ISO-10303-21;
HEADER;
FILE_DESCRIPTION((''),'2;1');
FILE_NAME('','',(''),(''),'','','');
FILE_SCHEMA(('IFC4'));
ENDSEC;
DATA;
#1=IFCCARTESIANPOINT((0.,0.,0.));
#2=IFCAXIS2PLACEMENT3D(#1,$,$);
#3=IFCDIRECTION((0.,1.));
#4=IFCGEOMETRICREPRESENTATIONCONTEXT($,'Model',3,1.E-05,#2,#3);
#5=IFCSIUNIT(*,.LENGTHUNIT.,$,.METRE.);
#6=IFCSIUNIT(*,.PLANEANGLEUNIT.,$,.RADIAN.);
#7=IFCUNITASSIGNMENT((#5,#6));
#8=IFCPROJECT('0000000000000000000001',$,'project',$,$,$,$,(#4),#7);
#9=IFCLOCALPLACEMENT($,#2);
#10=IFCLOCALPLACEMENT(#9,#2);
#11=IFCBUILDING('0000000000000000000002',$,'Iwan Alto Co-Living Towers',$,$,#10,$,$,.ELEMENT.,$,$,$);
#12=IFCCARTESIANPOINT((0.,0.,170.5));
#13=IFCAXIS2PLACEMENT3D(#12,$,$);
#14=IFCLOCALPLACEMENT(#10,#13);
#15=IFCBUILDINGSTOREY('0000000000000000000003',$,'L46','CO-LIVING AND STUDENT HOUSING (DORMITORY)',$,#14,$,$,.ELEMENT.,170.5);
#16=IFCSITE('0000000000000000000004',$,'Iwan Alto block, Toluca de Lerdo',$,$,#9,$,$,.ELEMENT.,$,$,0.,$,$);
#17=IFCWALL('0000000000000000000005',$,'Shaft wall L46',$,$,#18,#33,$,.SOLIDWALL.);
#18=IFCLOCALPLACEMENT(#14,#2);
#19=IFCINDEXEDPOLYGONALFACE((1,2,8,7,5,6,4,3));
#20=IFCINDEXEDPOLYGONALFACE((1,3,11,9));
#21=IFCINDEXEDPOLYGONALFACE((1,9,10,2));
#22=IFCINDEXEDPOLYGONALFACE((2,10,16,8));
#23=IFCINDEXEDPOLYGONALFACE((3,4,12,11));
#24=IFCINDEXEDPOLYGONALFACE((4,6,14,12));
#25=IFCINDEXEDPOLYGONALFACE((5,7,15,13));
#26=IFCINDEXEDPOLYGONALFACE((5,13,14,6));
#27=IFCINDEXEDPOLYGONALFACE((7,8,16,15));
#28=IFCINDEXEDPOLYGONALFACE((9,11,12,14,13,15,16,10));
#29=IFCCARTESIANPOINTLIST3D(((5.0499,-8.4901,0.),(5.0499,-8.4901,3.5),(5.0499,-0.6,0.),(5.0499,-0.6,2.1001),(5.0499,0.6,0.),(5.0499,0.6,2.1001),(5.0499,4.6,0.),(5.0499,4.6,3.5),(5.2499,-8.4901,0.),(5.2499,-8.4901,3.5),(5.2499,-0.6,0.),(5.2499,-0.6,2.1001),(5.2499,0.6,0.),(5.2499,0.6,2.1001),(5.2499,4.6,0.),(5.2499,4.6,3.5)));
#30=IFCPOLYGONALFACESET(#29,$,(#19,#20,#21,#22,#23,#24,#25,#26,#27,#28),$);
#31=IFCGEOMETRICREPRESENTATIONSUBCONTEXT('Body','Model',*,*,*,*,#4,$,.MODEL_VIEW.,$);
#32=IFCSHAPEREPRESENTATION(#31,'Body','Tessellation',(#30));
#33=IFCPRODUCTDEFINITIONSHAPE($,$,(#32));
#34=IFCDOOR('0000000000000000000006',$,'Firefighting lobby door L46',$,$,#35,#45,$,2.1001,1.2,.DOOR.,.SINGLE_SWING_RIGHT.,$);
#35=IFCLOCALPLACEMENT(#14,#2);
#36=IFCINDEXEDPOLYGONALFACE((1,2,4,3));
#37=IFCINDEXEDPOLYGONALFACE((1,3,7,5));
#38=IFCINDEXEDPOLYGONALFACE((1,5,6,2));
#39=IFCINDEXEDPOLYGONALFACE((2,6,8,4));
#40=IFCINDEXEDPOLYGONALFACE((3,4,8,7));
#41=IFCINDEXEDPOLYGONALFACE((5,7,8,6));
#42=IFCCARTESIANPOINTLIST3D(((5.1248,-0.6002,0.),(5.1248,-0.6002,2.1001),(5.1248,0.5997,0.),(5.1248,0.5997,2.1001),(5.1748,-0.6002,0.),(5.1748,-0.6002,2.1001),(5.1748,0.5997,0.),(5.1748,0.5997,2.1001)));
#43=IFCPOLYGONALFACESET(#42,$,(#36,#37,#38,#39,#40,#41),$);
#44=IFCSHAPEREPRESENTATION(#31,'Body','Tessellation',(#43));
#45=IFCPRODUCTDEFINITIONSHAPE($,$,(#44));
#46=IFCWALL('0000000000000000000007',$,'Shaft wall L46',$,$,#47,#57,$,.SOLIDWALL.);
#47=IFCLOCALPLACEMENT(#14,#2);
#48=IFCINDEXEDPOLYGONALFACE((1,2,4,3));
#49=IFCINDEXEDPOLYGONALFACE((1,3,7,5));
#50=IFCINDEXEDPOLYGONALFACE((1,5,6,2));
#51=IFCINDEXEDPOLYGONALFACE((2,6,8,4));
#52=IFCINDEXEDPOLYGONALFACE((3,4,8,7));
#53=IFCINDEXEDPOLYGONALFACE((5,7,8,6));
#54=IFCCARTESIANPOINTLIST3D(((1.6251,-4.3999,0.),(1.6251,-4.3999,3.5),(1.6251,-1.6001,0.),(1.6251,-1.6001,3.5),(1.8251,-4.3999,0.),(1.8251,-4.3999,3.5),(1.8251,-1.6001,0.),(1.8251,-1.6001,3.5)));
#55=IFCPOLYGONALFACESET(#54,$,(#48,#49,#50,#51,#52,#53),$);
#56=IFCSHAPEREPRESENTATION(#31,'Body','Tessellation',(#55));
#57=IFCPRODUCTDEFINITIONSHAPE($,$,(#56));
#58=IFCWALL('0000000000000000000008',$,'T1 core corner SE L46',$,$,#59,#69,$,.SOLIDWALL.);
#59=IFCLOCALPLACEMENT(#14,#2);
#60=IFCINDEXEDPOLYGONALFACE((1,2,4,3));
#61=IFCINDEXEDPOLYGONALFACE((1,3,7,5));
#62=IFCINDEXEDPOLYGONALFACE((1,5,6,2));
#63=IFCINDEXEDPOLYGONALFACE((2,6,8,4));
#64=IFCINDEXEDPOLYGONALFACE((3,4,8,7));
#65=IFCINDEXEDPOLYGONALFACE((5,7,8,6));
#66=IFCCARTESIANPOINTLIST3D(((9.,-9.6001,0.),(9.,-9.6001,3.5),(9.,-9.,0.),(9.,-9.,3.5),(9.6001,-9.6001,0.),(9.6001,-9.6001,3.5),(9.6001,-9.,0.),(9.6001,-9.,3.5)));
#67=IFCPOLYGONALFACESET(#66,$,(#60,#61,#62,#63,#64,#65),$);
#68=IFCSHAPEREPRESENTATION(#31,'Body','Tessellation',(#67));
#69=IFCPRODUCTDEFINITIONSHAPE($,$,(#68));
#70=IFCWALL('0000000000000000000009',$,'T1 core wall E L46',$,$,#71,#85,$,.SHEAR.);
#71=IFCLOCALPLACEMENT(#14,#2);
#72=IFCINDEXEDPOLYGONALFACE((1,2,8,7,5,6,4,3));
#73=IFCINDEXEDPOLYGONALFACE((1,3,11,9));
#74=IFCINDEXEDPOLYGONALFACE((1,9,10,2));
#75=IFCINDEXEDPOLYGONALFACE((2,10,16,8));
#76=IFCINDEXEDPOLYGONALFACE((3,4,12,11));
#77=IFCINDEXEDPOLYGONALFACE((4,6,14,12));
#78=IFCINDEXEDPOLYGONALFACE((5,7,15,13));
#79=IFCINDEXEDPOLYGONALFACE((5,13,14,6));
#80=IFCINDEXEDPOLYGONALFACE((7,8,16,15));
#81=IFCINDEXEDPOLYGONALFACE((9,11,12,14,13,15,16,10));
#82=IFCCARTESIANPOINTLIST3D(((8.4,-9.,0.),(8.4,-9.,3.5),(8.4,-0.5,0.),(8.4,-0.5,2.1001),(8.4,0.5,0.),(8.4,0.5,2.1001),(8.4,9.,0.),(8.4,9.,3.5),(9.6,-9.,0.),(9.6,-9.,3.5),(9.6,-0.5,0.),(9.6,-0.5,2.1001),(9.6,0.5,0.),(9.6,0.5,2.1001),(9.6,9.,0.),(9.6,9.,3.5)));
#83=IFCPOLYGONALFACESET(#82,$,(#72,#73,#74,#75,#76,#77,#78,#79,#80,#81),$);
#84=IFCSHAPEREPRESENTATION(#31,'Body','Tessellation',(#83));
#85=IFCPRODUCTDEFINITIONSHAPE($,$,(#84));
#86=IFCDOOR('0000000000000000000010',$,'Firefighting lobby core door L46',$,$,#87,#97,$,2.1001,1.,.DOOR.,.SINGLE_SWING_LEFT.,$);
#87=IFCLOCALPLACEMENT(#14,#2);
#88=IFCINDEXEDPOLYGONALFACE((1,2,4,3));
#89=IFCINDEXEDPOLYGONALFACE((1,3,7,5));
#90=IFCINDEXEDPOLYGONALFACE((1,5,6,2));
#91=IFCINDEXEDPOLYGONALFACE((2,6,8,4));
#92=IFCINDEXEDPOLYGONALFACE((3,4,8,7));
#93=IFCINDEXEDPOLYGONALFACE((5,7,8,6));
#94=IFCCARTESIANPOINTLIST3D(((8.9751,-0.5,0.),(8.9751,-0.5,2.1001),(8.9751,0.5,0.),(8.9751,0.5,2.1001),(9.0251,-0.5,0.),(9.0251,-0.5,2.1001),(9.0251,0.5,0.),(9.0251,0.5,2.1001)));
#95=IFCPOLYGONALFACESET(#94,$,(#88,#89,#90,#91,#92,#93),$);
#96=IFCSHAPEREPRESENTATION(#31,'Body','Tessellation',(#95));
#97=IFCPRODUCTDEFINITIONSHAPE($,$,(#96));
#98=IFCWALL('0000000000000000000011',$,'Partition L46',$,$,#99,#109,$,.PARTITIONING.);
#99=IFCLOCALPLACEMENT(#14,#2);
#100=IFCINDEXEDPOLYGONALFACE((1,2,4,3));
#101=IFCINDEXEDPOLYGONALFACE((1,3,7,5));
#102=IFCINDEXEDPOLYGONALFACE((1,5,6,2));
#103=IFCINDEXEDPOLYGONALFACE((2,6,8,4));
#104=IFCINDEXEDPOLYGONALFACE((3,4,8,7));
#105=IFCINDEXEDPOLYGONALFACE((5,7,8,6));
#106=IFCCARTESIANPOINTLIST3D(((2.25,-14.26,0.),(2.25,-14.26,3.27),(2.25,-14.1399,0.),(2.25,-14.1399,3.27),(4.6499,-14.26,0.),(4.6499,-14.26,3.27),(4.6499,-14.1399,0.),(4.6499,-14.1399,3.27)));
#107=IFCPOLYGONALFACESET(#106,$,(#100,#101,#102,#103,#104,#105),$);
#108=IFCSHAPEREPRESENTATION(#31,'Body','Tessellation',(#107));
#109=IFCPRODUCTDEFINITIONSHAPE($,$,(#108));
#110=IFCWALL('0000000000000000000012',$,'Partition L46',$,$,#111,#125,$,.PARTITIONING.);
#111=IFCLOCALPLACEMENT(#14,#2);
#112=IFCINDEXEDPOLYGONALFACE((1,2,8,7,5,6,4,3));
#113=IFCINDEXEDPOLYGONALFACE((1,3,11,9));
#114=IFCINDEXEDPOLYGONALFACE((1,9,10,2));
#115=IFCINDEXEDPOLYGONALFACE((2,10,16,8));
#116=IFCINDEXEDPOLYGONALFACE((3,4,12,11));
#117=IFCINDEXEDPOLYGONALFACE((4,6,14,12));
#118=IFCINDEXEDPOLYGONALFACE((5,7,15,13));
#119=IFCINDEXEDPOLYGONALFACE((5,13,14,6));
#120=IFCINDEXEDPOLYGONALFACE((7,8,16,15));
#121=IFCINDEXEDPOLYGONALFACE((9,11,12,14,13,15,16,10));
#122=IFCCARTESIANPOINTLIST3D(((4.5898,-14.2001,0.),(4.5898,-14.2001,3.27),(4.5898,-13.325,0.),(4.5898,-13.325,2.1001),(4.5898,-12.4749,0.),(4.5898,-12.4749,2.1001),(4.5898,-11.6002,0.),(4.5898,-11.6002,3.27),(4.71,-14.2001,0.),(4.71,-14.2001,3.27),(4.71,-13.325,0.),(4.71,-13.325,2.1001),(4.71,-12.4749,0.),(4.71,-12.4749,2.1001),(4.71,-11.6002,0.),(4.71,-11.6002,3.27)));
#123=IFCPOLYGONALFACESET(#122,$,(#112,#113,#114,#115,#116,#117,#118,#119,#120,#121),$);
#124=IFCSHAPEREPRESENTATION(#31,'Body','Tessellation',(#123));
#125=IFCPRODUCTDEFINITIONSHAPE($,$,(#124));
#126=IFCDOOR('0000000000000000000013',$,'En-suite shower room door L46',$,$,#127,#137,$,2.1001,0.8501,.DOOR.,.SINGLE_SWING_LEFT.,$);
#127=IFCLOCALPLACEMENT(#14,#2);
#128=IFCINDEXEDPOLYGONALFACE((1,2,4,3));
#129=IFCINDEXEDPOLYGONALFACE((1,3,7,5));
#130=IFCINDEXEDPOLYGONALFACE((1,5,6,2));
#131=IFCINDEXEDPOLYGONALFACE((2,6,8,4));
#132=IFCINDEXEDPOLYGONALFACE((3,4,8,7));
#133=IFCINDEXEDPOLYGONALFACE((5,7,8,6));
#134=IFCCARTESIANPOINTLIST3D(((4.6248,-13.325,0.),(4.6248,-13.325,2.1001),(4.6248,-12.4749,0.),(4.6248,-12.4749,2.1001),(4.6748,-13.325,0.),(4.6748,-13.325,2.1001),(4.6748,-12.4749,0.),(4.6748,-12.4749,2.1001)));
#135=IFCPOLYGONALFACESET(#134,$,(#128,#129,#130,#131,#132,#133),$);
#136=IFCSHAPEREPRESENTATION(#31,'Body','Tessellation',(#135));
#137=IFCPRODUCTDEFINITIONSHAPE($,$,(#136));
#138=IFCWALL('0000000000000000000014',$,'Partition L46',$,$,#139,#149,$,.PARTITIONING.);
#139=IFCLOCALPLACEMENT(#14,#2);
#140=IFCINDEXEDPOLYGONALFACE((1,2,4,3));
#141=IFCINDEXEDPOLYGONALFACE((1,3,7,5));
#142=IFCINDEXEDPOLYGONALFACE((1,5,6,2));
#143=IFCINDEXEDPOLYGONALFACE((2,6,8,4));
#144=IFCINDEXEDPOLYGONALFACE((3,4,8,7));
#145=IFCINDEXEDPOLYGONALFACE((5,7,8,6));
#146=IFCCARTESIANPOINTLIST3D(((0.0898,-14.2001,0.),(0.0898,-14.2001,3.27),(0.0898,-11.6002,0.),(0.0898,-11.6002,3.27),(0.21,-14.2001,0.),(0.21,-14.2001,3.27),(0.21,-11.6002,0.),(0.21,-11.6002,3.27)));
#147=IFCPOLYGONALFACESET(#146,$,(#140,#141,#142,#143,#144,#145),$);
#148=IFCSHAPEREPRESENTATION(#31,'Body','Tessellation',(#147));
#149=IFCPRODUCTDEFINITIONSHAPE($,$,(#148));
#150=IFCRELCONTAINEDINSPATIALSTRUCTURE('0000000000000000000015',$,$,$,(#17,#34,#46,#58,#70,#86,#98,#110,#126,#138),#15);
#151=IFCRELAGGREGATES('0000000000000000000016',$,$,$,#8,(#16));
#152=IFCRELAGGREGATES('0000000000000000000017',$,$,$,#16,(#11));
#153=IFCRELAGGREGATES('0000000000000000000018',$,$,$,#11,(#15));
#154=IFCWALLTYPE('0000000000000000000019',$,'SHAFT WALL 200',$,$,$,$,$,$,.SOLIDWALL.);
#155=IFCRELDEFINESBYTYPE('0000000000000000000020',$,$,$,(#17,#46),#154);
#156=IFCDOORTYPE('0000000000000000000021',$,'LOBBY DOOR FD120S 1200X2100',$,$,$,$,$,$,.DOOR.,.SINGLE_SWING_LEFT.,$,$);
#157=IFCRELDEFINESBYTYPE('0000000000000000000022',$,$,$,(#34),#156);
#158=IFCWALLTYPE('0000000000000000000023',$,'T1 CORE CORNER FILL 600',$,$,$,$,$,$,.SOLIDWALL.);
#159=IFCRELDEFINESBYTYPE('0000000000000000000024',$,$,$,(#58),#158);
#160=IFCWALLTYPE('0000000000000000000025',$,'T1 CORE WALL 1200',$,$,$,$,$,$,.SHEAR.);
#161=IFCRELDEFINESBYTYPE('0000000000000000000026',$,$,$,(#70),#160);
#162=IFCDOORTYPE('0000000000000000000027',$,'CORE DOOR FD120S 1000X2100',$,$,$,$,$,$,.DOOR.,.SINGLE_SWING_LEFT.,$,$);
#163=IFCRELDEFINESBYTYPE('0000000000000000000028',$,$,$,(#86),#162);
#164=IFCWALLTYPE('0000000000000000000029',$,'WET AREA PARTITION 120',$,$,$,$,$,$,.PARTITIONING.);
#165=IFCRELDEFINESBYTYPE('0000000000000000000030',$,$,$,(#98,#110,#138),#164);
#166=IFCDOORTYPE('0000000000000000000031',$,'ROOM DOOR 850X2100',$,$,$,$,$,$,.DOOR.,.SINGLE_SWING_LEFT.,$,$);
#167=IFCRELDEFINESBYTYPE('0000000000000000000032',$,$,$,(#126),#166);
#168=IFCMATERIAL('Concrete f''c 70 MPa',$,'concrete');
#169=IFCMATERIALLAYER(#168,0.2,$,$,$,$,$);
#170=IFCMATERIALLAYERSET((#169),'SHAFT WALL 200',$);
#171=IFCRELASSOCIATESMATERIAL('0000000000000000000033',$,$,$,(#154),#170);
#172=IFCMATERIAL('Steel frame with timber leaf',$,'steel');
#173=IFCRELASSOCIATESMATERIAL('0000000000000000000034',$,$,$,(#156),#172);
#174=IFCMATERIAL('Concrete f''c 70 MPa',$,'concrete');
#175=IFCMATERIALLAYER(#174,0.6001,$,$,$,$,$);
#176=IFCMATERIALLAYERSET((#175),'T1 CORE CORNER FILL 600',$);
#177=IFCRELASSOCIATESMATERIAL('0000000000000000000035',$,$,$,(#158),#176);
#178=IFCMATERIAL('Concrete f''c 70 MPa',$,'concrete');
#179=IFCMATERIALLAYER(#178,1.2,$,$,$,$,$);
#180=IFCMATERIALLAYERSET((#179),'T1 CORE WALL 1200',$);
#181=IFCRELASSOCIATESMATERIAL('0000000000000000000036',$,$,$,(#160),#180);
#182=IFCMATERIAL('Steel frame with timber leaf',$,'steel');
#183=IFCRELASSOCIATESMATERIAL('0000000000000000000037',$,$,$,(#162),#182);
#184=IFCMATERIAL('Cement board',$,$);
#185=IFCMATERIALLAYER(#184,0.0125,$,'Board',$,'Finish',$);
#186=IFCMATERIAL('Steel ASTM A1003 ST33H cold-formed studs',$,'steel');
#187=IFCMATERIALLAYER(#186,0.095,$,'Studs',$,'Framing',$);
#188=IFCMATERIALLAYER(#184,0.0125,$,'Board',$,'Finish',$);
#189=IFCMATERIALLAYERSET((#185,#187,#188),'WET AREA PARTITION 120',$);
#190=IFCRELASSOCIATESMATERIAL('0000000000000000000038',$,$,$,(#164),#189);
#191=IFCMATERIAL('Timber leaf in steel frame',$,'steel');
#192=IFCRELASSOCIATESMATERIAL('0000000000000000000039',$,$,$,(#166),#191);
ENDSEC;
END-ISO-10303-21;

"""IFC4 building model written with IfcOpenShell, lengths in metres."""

from ifc_helpers import new_model, si_unit, direction, frame, frame_2d, origin, place, context, subcontext, project, spatial, rectangle, extrude, material, layer, layer_set, type_object, element, fill, save


model = new_model("IFC4")

# Units and contexts
model_context = context("Model", 3, precision=1e-05, world=origin(), true_north=direction((0.0, 1.0)))
body_context = subcontext(model_context, "Body", "Model", "MODEL_VIEW")
ifc_project = project(units=[si_unit("LENGTHUNIT", "METRE"), si_unit("PLANEANGLEUNIT", "RADIAN")], contexts=[model_context])

# Site, building, storey
site_placement = place(None, origin())
site = spatial("IfcSite", under=ifc_project, at=site_placement, Name="Iwan Alto block, Toluca de Lerdo", CompositionType="ELEMENT", RefElevation=0.0)
building_placement = place(site_placement, origin())
building = spatial("IfcBuilding", under=site, at=building_placement, Name="Iwan Alto Co-Living Towers", CompositionType="ELEMENT")
storey_placement = place(building_placement, frame((0.0, 0.0, 170.5)))
storey = spatial("IfcBuildingStorey", under=building, at=storey_placement, Name="L46", Description="CO-LIVING AND STUDENT HOUSING (DORMITORY)", CompositionType="ELEMENT", Elevation=170.5)

# Shared definitions
ifc_material_1 = material(Name="Steel ASTM A1003 ST33H cold-formed studs", Category="steel")

# Wall, opening, door
ifc_material_2 = material(Name="Concrete f'c 70 MPa", Category="concrete")
ifc_layer_1 = layer(ifc_material_2, 0.2)
ifc_layer_set_1 = layer_set([ifc_layer_1], Name="SHAFT WALL 200")
wall_type_1 = type_object("IfcWallType", Name="SHAFT WALL 200", PredefinedType="SOLIDWALL", material=ifc_layer_set_1)
wall_1_placement = place(storey_placement, frame((5.1499, -8.49, 0.0), z_axis=(0.0, 0.0, 1.0), x_axis=(0.0, 1.0, 0.0)))
wall_1 = element("IfcWall", 1, at=wall_1_placement, inside=storey, type_object=wall_type_1, Name="Shaft wall L46", PredefinedType="SOLIDWALL", context=body_context, shape_type="SweptSolid", body=[
    extrude(rectangle(XDim=13.0901, YDim=0.2, at=frame_2d((6.5449, 0.0))), origin(), (0.0, 0.0, 1.0), 3.5),
])
opening_1_placement = place(wall_1_placement, frame((7.8899, 0.0, 0.0)))
opening_1 = element("IfcOpeningElement", 2, at=opening_1_placement, cuts=wall_1, PredefinedType="OPENING", context=body_context, shape_type="SweptSolid", body=[
    extrude(rectangle(XDim=1.2, YDim=2.1001, at=frame_2d((0.6001, 1.05))), frame((0.0, 0.1099, 0.0), z_axis=(0.0, -1.0, 0.0), x_axis=(1.0, 0.0, 0.0)), (0.0, 0.0, 1.0), 0.22),
])
ifc_material_3 = material(Name="Steel frame with timber leaf", Category="steel")
door_type_1 = type_object("IfcDoorType", Name="LOBBY DOOR FD120S 1200X2100", OperationType="SINGLE_SWING_LEFT", PredefinedType="DOOR", material=ifc_material_3)
door_1_placement = place(opening_1_placement, frame((1.2, 0.0, 0.0), z_axis=(0.0, 0.0, 1.0), x_axis=(-1.0, 0.0, 0.0)))
door_1 = element("IfcDoor", 3, at=door_1_placement, inside=storey, type_object=door_type_1, Name="Firefighting lobby door L46", OperationType="SINGLE_SWING_RIGHT", OverallHeight=2.1001, OverallWidth=1.2, PredefinedType="DOOR", context=body_context, shape_type="SweptSolid", body=[
    extrude(rectangle(XDim=1.2, YDim=2.1001, at=frame_2d((0.6001, 1.05))), frame((0.0, 0.0249, 0.0), z_axis=(0.0, -1.0, 0.0), x_axis=(1.0, 0.0, 0.0)), (0.0, 0.0, 1.0), 0.05),
])
fill(opening_1, door_1)

# Walls
wall_2_placement = place(storey_placement, frame((1.7251, -4.3999, 0.0), z_axis=(0.0, 0.0, 1.0), x_axis=(0.0, 1.0, 0.0)))
element("IfcWall", 4, at=wall_2_placement, inside=storey, type_object=wall_type_1, Name="Shaft wall L46", PredefinedType="SOLIDWALL", context=body_context, shape_type="SweptSolid", body=[
    extrude(rectangle(XDim=2.7998, YDim=0.2, at=frame_2d((1.3999, 0.0))), origin(), (0.0, 0.0, 1.0), 3.5),
])
ifc_material_4 = material(Name="Concrete f'c 70 MPa", Category="concrete")
ifc_layer_2 = layer(ifc_material_4, 0.6001)
ifc_layer_set_2 = layer_set([ifc_layer_2], Name="T1 CORE CORNER FILL 600")
wall_type_2 = type_object("IfcWallType", Name="T1 CORE CORNER FILL 600", PredefinedType="SOLIDWALL", material=ifc_layer_set_2)
wall_3_placement = place(storey_placement, frame((9.0, -9.3, 0.0), z_axis=(0.0, 0.0, 1.0), x_axis=(1.0, 0.0, 0.0)))
element("IfcWall", 5, at=wall_3_placement, inside=storey, type_object=wall_type_2, Name="T1 core corner SE L46", PredefinedType="SOLIDWALL", context=body_context, shape_type="SweptSolid", body=[
    extrude(rectangle(XDim=0.6001, YDim=0.6001, at=frame_2d((0.3, 0.0))), origin(), (0.0, 0.0, 1.0), 3.5),
])

# Wall, opening, door
ifc_material_5 = material(Name="Concrete f'c 70 MPa", Category="concrete")
ifc_layer_3 = layer(ifc_material_5, 1.2)
ifc_layer_set_3 = layer_set([ifc_layer_3], Name="T1 CORE WALL 1200")
wall_type_3 = type_object("IfcWallType", Name="T1 CORE WALL 1200", PredefinedType="SHEAR", material=ifc_layer_set_3)
wall_4_placement = place(storey_placement, frame((9.0, -9.0, 0.0), z_axis=(0.0, 0.0, 1.0), x_axis=(0.0, 1.0, 0.0)))
wall_4 = element("IfcWall", 6, at=wall_4_placement, inside=storey, type_object=wall_type_3, Name="T1 core wall E L46", PredefinedType="SHEAR", context=body_context, shape_type="SweptSolid", body=[
    extrude(rectangle(XDim=18.0, YDim=1.2, at=frame_2d((9.0, 0.0))), origin(), (0.0, 0.0, 1.0), 3.5),
])
opening_2_placement = place(wall_4_placement, frame((8.5, 0.0, 0.0)))
opening_2 = element("IfcOpeningElement", 7, at=opening_2_placement, cuts=wall_4, PredefinedType="OPENING", context=body_context, shape_type="SweptSolid", body=[
    extrude(rectangle(XDim=1.0, YDim=2.1001, at=frame_2d((0.5, 1.05))), frame((0.0, 0.6099, 0.0), z_axis=(0.0, -1.0, 0.0), x_axis=(1.0, 0.0, 0.0)), (0.0, 0.0, 1.0), 1.22),
])
ifc_material_6 = material(Name="Steel frame with timber leaf", Category="steel")
door_type_2 = type_object("IfcDoorType", Name="CORE DOOR FD120S 1000X2100", OperationType="SINGLE_SWING_LEFT", PredefinedType="DOOR", material=ifc_material_6)
door_2_placement = place(opening_2_placement, origin())
door_2 = element("IfcDoor", 8, at=door_2_placement, inside=storey, type_object=door_type_2, Name="Firefighting lobby core door L46", OperationType="SINGLE_SWING_LEFT", OverallHeight=2.1001, OverallWidth=1.0, PredefinedType="DOOR", context=body_context, shape_type="SweptSolid", body=[
    extrude(rectangle(XDim=1.0, YDim=2.1001, at=frame_2d((0.5, 1.05))), frame((0.0, 0.0249, 0.0), z_axis=(0.0, -1.0, 0.0), x_axis=(1.0, 0.0, 0.0)), (0.0, 0.0, 1.0), 0.05),
])
fill(opening_2, door_2)

# Wall
ifc_material_7 = material(Name="Cement board")
ifc_layer_4 = layer(ifc_material_7, 0.0125, Name="Board", Category="Finish")
ifc_layer_5 = layer(ifc_material_1, 0.095, Name="Studs", Category="Framing")
ifc_layer_6 = layer(ifc_material_7, 0.0125, Name="Board", Category="Finish")
ifc_layer_set_4 = layer_set([ifc_layer_4, ifc_layer_5, ifc_layer_6], Name="WET AREA PARTITION 120")
wall_type_4 = type_object("IfcWallType", Name="WET AREA PARTITION 120", PredefinedType="PARTITIONING", material=ifc_layer_set_4)
wall_5_placement = place(storey_placement, frame((2.25, -14.2, 0.0), z_axis=(0.0, 0.0, 1.0), x_axis=(1.0, 0.0, 0.0)))
element("IfcWall", 9, at=wall_5_placement, inside=storey, type_object=wall_type_4, Name="Partition L46", PredefinedType="PARTITIONING", context=body_context, shape_type="SweptSolid", body=[
    extrude(rectangle(XDim=2.3999, YDim=0.1201, at=frame_2d((1.2, 0.0))), origin(), (0.0, 0.0, 1.0), 3.27),
])

# Wall, opening, door
wall_6_placement = place(storey_placement, frame((4.6499, -14.2, 0.0), z_axis=(0.0, 0.0, 1.0), x_axis=(0.0, 1.0, 0.0)))
wall_6 = element("IfcWall", 10, at=wall_6_placement, inside=storey, type_object=wall_type_4, Name="Partition L46", PredefinedType="PARTITIONING", context=body_context, shape_type="SweptSolid", body=[
    extrude(rectangle(XDim=2.5999, YDim=0.1201, at=frame_2d((1.2998, 0.0))), origin(), (0.0, 0.0, 1.0), 3.27),
])
opening_3_placement = place(wall_6_placement, frame((0.875, 0.0, 0.0)))
opening_3 = element("IfcOpeningElement", 11, at=opening_3_placement, cuts=wall_6, PredefinedType="OPENING", context=body_context, shape_type="SweptSolid", body=[
    extrude(rectangle(XDim=0.8501, YDim=2.1001, at=frame_2d((0.425, 1.05))), frame((0.0, 0.0701, 0.0), z_axis=(0.0, -1.0, 0.0), x_axis=(1.0, 0.0, 0.0)), (0.0, 0.0, 1.0), 0.1401),
])
ifc_material_8 = material(Name="Timber leaf in steel frame", Category="steel")
door_type_3 = type_object("IfcDoorType", Name="ROOM DOOR 850X2100", OperationType="SINGLE_SWING_LEFT", PredefinedType="DOOR", material=ifc_material_8)
door_3_placement = place(opening_3_placement, frame((0.8501, 0.0, 0.0), z_axis=(0.0, 0.0, 1.0), x_axis=(-1.0, 0.0, 0.0)))
door_3 = element("IfcDoor", 12, at=door_3_placement, inside=storey, type_object=door_type_3, Name="En-suite shower room door L46", OperationType="SINGLE_SWING_LEFT", OverallHeight=2.1001, OverallWidth=0.8501, PredefinedType="DOOR", context=body_context, shape_type="SweptSolid", body=[
    extrude(rectangle(XDim=0.8501, YDim=2.1001, at=frame_2d((0.425, 1.05))), frame((0.0, 0.0249, 0.0), z_axis=(0.0, -1.0, 0.0), x_axis=(1.0, 0.0, 0.0)), (0.0, 0.0, 1.0), 0.05),
])
fill(opening_3, door_3)

# Wall
wall_7_placement = place(storey_placement, frame((0.1499, -14.2, 0.0), z_axis=(0.0, 0.0, 1.0), x_axis=(0.0, 1.0, 0.0)))
element("IfcWall", 13, at=wall_7_placement, inside=storey, type_object=wall_type_4, Name="Partition L46", PredefinedType="PARTITIONING", context=body_context, shape_type="SweptSolid", body=[
    extrude(rectangle(XDim=2.5999, YDim=0.1201, at=frame_2d((1.2998, 0.0))), origin(), (0.0, 0.0, 1.0), 3.27),
])

save(model, "model.ifc")
